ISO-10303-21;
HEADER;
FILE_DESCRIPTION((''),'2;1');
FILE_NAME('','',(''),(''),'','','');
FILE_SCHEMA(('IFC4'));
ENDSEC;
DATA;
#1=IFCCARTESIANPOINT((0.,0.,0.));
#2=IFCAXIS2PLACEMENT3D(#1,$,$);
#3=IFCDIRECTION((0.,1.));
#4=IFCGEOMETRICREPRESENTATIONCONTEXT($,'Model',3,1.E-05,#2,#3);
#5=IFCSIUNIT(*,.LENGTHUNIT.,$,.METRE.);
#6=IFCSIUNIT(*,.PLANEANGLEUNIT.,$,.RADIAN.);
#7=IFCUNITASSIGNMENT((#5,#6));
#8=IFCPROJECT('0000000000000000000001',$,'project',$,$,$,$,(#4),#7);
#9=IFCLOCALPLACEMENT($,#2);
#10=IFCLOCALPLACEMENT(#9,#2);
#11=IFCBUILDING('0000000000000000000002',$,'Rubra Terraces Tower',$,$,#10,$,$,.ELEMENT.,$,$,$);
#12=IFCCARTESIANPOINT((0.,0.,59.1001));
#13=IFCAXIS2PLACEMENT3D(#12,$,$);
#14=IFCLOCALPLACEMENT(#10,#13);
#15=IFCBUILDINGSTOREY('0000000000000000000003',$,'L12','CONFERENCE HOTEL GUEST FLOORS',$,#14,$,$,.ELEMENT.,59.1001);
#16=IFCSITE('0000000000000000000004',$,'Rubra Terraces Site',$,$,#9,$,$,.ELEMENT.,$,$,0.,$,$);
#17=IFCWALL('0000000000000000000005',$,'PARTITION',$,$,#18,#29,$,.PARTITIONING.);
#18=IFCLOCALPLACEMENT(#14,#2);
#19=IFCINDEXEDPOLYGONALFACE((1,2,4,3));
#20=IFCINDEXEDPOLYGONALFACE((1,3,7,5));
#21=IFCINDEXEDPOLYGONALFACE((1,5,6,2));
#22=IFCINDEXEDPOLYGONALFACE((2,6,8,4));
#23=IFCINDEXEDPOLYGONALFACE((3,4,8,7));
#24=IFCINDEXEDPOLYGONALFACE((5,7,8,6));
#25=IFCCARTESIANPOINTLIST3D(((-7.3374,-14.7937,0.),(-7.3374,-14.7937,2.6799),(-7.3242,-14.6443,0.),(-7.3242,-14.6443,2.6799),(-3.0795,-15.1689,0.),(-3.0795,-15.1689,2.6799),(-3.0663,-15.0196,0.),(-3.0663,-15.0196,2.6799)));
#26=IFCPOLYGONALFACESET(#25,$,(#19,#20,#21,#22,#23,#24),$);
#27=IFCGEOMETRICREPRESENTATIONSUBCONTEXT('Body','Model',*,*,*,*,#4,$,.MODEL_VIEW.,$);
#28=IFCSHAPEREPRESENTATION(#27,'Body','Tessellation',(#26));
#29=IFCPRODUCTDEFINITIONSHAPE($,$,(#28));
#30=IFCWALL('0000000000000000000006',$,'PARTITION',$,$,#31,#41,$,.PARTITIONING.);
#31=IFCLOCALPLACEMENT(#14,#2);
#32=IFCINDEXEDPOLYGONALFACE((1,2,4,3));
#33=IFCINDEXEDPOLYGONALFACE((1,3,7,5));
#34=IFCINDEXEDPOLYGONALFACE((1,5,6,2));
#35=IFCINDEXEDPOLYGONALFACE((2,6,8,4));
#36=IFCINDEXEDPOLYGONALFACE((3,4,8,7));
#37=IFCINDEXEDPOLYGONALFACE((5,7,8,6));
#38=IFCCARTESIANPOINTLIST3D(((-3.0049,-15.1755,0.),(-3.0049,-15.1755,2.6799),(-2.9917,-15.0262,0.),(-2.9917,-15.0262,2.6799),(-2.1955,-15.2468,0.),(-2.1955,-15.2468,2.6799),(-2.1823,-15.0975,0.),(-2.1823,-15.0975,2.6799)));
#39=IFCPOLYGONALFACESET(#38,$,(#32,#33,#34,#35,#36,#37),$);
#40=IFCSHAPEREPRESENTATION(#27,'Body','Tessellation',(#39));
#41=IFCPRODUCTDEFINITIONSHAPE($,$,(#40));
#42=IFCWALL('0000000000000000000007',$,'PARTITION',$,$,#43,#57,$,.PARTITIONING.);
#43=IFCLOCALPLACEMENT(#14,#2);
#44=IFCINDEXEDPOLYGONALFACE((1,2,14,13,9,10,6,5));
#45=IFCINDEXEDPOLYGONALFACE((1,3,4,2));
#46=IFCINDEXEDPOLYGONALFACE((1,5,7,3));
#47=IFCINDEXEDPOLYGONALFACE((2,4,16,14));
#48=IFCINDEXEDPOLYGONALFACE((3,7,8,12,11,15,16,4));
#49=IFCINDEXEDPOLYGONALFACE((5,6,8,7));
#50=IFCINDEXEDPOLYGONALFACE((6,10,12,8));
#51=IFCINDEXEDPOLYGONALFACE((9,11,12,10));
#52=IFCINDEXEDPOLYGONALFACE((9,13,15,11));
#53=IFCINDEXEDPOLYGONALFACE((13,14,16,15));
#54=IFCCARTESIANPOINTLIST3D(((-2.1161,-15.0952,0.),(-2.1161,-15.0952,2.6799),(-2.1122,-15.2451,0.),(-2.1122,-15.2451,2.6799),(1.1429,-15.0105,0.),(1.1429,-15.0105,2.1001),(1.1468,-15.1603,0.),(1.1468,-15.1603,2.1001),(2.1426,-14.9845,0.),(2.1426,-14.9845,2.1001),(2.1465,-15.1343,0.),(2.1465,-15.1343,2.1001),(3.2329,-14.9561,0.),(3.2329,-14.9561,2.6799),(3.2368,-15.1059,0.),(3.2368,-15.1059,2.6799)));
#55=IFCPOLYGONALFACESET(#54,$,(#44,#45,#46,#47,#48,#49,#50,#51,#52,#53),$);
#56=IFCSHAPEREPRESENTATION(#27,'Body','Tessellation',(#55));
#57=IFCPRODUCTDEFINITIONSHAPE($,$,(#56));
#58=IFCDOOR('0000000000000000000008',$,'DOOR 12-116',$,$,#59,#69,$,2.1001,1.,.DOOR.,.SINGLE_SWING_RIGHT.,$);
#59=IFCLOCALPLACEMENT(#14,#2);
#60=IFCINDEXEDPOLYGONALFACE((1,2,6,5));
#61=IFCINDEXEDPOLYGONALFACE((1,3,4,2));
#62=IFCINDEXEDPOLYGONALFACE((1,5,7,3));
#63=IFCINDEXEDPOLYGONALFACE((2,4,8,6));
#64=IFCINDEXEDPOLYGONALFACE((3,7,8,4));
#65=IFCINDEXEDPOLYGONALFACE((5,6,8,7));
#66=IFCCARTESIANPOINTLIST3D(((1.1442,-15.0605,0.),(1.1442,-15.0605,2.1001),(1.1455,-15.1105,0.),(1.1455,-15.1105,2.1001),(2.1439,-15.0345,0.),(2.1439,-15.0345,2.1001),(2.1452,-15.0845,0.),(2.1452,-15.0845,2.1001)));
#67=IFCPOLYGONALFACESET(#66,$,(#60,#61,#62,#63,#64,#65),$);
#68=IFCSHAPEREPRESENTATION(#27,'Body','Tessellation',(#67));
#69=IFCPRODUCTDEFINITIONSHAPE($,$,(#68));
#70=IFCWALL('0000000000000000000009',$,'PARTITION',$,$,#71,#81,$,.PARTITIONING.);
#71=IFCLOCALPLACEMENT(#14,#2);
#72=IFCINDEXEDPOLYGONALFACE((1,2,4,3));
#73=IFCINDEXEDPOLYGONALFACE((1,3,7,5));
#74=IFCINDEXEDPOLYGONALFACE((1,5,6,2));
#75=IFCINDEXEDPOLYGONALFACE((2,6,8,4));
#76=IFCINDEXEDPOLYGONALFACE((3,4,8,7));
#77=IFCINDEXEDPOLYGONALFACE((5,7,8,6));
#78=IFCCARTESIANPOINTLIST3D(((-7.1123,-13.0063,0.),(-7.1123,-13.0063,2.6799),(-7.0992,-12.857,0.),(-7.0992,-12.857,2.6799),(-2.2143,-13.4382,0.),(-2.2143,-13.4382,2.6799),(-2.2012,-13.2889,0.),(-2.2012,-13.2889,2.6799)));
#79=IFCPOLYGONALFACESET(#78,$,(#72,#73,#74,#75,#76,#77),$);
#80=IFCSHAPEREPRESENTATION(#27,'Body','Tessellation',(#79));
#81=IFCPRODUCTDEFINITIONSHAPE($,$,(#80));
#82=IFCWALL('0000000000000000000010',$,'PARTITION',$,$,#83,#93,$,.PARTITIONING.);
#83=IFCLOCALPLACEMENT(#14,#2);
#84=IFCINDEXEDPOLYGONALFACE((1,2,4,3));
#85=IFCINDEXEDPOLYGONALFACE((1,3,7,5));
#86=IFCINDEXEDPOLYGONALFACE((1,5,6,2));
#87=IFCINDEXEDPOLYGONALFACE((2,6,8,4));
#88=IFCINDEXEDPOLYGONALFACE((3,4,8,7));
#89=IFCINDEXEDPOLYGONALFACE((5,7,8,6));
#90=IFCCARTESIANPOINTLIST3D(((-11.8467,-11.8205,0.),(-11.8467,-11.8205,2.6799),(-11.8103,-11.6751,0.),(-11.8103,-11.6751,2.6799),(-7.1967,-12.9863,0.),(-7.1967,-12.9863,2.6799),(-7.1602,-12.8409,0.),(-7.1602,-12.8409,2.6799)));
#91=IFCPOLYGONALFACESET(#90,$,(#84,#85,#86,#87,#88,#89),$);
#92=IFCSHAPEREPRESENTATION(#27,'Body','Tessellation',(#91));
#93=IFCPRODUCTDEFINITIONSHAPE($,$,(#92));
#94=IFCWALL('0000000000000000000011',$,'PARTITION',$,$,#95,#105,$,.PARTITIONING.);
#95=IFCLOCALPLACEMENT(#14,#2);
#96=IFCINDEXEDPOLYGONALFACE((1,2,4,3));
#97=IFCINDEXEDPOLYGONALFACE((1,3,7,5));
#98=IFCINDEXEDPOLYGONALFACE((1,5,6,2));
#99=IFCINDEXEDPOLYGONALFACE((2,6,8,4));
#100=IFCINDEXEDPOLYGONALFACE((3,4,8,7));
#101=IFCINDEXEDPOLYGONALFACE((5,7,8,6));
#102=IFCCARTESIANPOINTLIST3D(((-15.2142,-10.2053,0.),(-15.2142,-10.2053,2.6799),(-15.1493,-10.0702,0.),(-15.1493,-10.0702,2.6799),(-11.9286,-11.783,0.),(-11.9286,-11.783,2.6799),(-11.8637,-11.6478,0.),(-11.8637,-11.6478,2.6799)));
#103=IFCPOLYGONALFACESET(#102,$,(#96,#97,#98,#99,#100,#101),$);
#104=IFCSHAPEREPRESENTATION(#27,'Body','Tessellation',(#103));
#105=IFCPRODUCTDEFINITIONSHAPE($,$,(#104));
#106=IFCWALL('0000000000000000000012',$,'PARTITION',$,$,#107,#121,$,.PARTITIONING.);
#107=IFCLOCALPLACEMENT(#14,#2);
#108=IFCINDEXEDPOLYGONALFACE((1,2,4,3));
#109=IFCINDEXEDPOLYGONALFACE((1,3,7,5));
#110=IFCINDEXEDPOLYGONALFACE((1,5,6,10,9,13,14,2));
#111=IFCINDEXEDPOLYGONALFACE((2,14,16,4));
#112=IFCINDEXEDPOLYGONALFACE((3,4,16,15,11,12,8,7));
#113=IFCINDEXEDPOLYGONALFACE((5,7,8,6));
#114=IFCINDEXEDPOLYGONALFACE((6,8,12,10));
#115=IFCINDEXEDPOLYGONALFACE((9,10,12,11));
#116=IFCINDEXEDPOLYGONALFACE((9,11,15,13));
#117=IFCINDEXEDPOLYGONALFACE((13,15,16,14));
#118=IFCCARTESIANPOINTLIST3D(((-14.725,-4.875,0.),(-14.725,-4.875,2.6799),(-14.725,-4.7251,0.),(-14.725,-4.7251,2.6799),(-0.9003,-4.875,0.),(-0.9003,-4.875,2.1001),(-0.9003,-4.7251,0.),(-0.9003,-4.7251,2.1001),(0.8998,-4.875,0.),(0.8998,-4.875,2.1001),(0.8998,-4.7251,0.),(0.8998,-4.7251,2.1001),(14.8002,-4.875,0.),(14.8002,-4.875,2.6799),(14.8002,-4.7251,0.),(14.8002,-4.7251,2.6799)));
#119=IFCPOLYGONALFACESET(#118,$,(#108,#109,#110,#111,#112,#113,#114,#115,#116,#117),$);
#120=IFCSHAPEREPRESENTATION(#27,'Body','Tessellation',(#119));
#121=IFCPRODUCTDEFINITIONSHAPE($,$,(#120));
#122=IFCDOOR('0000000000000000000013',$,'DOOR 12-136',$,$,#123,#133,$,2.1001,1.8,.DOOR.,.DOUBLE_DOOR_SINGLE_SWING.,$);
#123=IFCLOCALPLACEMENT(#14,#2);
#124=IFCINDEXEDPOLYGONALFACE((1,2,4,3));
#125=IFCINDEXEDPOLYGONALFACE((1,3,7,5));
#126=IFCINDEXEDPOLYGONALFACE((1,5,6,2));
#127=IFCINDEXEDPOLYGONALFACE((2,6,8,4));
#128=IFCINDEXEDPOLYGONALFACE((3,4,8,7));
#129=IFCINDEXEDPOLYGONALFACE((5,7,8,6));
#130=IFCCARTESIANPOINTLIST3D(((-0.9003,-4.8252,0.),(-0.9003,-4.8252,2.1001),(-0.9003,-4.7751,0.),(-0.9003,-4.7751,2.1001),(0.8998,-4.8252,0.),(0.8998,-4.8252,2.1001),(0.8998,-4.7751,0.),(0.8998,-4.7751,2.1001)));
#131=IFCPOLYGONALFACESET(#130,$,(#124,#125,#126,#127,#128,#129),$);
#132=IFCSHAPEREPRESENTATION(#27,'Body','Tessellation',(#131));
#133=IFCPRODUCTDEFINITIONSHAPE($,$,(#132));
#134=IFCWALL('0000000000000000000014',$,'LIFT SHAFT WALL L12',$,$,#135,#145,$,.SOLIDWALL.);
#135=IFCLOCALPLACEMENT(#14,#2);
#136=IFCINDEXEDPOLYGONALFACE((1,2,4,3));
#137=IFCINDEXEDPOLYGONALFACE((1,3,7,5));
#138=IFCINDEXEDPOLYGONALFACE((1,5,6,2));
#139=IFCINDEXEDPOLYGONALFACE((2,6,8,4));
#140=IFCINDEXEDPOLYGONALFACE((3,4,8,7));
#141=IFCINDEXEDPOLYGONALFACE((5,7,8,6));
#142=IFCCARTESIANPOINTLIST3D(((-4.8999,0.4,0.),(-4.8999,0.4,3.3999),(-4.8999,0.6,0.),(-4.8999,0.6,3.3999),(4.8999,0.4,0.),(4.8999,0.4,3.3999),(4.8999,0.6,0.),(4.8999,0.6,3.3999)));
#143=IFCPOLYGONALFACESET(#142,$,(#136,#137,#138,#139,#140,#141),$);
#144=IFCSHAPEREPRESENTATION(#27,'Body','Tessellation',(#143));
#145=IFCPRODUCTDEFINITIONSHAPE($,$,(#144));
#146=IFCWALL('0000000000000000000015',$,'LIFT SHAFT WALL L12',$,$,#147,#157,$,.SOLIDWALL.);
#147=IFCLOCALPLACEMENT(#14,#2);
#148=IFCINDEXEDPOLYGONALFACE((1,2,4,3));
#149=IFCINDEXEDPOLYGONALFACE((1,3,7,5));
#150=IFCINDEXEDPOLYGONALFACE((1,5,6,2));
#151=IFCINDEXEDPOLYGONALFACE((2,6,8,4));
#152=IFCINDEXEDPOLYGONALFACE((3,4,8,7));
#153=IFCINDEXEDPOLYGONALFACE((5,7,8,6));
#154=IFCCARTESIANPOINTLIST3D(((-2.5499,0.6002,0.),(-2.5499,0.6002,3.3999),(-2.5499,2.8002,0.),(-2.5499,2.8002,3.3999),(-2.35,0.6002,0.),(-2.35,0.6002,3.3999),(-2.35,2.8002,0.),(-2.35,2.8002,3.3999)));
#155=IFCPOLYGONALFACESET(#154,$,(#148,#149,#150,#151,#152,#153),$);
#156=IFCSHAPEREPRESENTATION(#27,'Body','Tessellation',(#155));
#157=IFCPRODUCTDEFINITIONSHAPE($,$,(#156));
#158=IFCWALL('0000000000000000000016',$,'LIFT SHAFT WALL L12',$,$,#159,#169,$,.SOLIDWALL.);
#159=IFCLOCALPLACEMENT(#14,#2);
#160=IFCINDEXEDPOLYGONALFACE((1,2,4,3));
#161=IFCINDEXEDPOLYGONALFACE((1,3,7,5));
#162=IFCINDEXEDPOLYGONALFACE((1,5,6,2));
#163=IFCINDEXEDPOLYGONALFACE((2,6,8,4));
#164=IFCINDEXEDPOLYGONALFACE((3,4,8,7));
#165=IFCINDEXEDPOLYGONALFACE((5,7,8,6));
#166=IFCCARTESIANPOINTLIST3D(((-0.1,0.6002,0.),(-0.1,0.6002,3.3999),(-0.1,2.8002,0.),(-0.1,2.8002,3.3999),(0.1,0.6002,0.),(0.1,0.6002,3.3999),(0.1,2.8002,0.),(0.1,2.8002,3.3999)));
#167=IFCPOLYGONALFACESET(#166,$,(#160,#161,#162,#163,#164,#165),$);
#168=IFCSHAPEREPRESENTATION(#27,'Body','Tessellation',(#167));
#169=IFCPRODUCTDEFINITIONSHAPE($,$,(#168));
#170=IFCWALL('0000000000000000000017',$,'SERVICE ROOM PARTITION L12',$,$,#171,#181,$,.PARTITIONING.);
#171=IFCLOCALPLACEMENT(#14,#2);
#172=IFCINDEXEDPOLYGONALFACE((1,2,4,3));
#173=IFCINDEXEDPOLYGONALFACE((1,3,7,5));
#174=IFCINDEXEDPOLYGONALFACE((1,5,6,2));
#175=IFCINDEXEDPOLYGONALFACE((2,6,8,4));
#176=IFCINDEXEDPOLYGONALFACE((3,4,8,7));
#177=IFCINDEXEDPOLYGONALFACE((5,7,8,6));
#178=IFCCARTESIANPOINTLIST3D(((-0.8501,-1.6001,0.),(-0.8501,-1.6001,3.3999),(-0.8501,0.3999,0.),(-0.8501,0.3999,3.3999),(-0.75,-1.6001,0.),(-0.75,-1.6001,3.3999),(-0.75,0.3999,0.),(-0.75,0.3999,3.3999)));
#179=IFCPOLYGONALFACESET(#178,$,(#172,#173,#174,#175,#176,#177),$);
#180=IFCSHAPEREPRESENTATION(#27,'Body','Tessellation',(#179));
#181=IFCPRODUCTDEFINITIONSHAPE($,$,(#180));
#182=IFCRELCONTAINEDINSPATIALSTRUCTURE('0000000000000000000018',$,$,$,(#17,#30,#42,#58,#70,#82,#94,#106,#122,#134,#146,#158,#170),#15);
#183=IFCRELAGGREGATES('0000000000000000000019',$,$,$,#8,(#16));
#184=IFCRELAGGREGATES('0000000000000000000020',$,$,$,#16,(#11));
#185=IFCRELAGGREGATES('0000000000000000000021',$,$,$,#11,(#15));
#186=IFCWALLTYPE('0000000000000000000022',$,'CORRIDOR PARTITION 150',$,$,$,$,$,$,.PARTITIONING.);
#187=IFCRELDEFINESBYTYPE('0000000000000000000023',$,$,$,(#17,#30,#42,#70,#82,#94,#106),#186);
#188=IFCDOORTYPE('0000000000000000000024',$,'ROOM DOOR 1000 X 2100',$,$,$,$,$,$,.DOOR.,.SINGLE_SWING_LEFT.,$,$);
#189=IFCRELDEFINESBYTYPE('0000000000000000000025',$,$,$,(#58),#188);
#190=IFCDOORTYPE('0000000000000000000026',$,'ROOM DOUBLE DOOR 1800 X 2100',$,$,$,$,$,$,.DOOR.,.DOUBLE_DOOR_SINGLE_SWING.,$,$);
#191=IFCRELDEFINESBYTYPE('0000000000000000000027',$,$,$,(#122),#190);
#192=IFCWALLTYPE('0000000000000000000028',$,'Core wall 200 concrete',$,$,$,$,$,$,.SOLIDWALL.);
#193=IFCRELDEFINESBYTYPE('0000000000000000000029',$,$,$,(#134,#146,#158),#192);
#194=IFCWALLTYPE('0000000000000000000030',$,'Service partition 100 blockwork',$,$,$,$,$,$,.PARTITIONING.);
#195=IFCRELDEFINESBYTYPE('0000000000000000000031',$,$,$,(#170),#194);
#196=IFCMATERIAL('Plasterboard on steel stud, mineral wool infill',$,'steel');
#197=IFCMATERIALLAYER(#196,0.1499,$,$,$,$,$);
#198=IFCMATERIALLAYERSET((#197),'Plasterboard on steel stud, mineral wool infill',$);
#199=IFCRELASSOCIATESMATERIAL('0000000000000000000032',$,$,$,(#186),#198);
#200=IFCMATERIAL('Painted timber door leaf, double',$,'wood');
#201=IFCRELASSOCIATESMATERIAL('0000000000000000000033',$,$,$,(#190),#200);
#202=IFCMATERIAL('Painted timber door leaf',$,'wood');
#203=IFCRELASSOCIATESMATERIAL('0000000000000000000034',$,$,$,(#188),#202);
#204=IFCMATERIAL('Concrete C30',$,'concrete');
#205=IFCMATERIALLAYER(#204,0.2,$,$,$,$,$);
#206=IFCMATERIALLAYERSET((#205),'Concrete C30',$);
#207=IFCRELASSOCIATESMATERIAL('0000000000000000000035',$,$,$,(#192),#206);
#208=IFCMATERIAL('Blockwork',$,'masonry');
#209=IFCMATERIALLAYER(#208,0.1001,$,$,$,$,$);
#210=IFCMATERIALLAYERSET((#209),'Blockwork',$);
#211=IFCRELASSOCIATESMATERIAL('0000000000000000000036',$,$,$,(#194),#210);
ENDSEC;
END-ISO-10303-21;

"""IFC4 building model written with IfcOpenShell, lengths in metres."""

from ifc_helpers import new_model, si_unit, direction, frame, frame_2d, origin, place, context, subcontext, project, spatial, rectangle, extrude, material, layer, layer_set, type_object, element, fill, save


model = new_model("IFC4")

# Units and contexts
model_context = context("Model", 3, precision=1e-05, world=origin(), true_north=direction((0.0, 1.0)))
body_context = subcontext(model_context, "Body", "Model", "MODEL_VIEW")
ifc_project = project(units=[si_unit("LENGTHUNIT", "METRE"), si_unit("PLANEANGLEUNIT", "RADIAN")], contexts=[model_context])

# Site, building, storey
site_placement = place(None, origin())
site = spatial("IfcSite", under=ifc_project, at=site_placement, Name="Rubra Terraces Site", CompositionType="ELEMENT", RefElevation=0.0)
building_placement = place(site_placement, origin())
building = spatial("IfcBuilding", under=site, at=building_placement, Name="Rubra Terraces Tower", CompositionType="ELEMENT")
storey_placement = place(building_placement, frame((0.0, 0.0, 59.1001)))
storey = spatial("IfcBuildingStorey", under=building, at=storey_placement, Name="L12", Description="CONFERENCE HOTEL GUEST FLOORS", CompositionType="ELEMENT", Elevation=59.1001)

# Shared definitions
ifc_material_1 = material(Name="Plasterboard on steel stud, mineral wool infill", Category="steel")
ifc_layer_1 = layer(ifc_material_1, 0.1499)
ifc_layer_set_1 = layer_set([ifc_layer_1], Name="Plasterboard on steel stud, mineral wool infill")
wall_type_1 = type_object("IfcWallType", Name="CORRIDOR PARTITION 150", PredefinedType="PARTITIONING", material=ifc_layer_set_1)
ifc_material_2 = material(Name="Painted timber door leaf, double", Category="wood")
door_type_1 = type_object("IfcDoorType", Name="ROOM DOUBLE DOOR 1800 X 2100", OperationType="DOUBLE_DOOR_SINGLE_SWING", PredefinedType="DOOR", material=ifc_material_2)

# Walls
wall_1_placement = place(storey_placement, frame((-7.3308, -14.719, 0.0), z_axis=(0.0, 0.0, 1.0), x_axis=(0.996139, -0.08779, 0.0)))
element("IfcWall", 1, at=wall_1_placement, inside=storey, type_object=wall_type_1, Name="PARTITION", PredefinedType="PARTITIONING", context=body_context, shape_type="SweptSolid", body=[
    extrude(rectangle(XDim=4.2744, YDim=0.1499, at=frame_2d((2.1372, 0.0))), origin(), (0.0, 0.0, 1.0), 2.6799),
])
wall_2_placement = place(storey_placement, frame((-2.9983, -15.1008, 0.0), z_axis=(0.0, 0.0, 1.0), x_axis=(0.996143, -0.087745, 0.0)))
element("IfcWall", 2, at=wall_2_placement, inside=storey, type_object=wall_type_1, Name="PARTITION", PredefinedType="PARTITIONING", context=body_context, shape_type="SweptSolid", body=[
    extrude(rectangle(XDim=0.8125, YDim=0.1499, at=frame_2d((0.4062, 0.0))), origin(), (0.0, 0.0, 1.0), 2.6799),
])

# Wall, opening, door
wall_3_placement = place(storey_placement, frame((-2.114, -15.1702, 0.0), z_axis=(0.0, 0.0, 1.0), x_axis=(0.999662, 0.026007, 0.0)))
wall_3 = element("IfcWall", 3, at=wall_3_placement, inside=storey, type_object=wall_type_1, Name="PARTITION", PredefinedType="PARTITIONING", context=body_context, shape_type="SweptSolid", body=[
    extrude(rectangle(XDim=5.3508, YDim=0.1499, at=frame_2d((2.6753, 0.0))), origin(), (0.0, 0.0, 1.0), 2.6799),
])
opening_1_placement = place(wall_3_placement, frame((3.26, 0.0, 0.0)))
opening_1 = element("IfcOpeningElement", 4, at=opening_1_placement, cuts=wall_3, PredefinedType="OPENING", context=body_context, shape_type="SweptSolid", body=[
    extrude(rectangle(XDim=1.0, YDim=2.1001, at=frame_2d((0.5, 1.05))), frame((0.0, 0.085, 0.0), z_axis=(0.0, -1.0, 0.0), x_axis=(1.0, 0.0, 0.0)), (0.0, 0.0, 1.0), 0.1699),
])
ifc_material_3 = material(Name="Painted timber door leaf", Category="wood")
door_type_2 = type_object("IfcDoorType", Name="ROOM DOOR 1000 X 2100", OperationType="SINGLE_SWING_LEFT", PredefinedType="DOOR", material=ifc_material_3)
door_1_placement = place(opening_1_placement, origin())
door_1 = element("IfcDoor", 5, at=door_1_placement, inside=storey, type_object=door_type_2, Name="DOOR 12-116", OperationType="SINGLE_SWING_RIGHT", OverallHeight=2.1001, OverallWidth=1.0, PredefinedType="DOOR", context=body_context, shape_type="SweptSolid", body=[
    extrude(rectangle(XDim=1.0, YDim=2.1001, at=frame_2d((0.5, 1.05))), frame((0.0, 0.0249, 0.0), z_axis=(0.0, -1.0, 0.0), x_axis=(1.0, 0.0, 0.0)), (0.0, 0.0, 1.0), 0.05),
])
fill(opening_1, door_1)

# Walls
wall_4_placement = place(storey_placement, frame((-2.2078, -13.3635, 0.0), z_axis=(0.0, 0.0, 1.0), x_axis=(-0.996135, 0.087836, 0.0)))
element("IfcWall", 6, at=wall_4_placement, inside=storey, type_object=wall_type_1, Name="PARTITION", PredefinedType="PARTITIONING", context=body_context, shape_type="SweptSolid", body=[
    extrude(rectangle(XDim=4.917, YDim=0.1499, at=frame_2d((2.4585, 0.0))), origin(), (0.0, 0.0, 1.0), 2.6799),
])
wall_5_placement = place(storey_placement, frame((-7.1785, -12.9136, 0.0), z_axis=(0.0, 0.0, 1.0), x_axis=(-0.969984, 0.243171, 0.0)))
element("IfcWall", 7, at=wall_5_placement, inside=storey, type_object=wall_type_1, Name="PARTITION", PredefinedType="PARTITIONING", context=body_context, shape_type="SweptSolid", body=[
    extrude(rectangle(XDim=4.7939, YDim=0.1499, at=frame_2d((2.397, 0.0))), origin(), (0.0, 0.0, 1.0), 2.6799),
])
wall_6_placement = place(storey_placement, frame((-11.8962, -11.7153, 0.0), z_axis=(0.0, 0.0, 1.0), x_axis=(-0.901467, 0.432849, 0.0)))
element("IfcWall", 8, at=wall_6_placement, inside=storey, type_object=wall_type_1, Name="PARTITION", PredefinedType="PARTITIONING", context=body_context, shape_type="SweptSolid", body=[
    extrude(rectangle(XDim=3.6448, YDim=0.1499, at=frame_2d((1.8223, 0.0))), origin(), (0.0, 0.0, 1.0), 2.6799),
])

# Wall, opening, door
wall_7_placement = place(storey_placement, frame((-14.7251, -4.8, 0.0), z_axis=(0.0, 0.0, 1.0), x_axis=(1.0, 0.0, 0.0)))
wall_7 = element("IfcWall", 9, at=wall_7_placement, inside=storey, type_object=wall_type_1, Name="PARTITION", PredefinedType="PARTITIONING", context=body_context, shape_type="SweptSolid", body=[
    extrude(rectangle(XDim=29.5251, YDim=0.1499, at=frame_2d((14.7627, 0.0))), origin(), (0.0, 0.0, 1.0), 2.6799),
])
opening_2_placement = place(wall_7_placement, frame((13.825, 0.0, 0.0)))
opening_2 = element("IfcOpeningElement", 10, at=opening_2_placement, cuts=wall_7, PredefinedType="OPENING", context=body_context, shape_type="SweptSolid", body=[
    extrude(rectangle(XDim=1.8, YDim=2.1001, at=frame_2d((0.8999, 1.05))), frame((0.0, 0.085, 0.0), z_axis=(0.0, -1.0, 0.0), x_axis=(1.0, 0.0, 0.0)), (0.0, 0.0, 1.0), 0.1699),
])
door_2_placement = place(opening_2_placement, origin())
door_2 = element("IfcDoor", 11, at=door_2_placement, inside=storey, type_object=door_type_1, Name="DOOR 12-136", OperationType="DOUBLE_DOOR_SINGLE_SWING", OverallHeight=2.1001, OverallWidth=1.8, PredefinedType="DOOR", context=body_context, shape_type="SweptSolid", body=[
    extrude(rectangle(XDim=1.8, YDim=2.1001, at=frame_2d((0.8999, 1.05))), frame((0.0, 0.0249, 0.0), z_axis=(0.0, -1.0, 0.0), x_axis=(1.0, 0.0, 0.0)), (0.0, 0.0, 1.0), 0.05),
])
fill(opening_2, door_2)

# Walls
ifc_material_4 = material(Name="Concrete C30", Category="concrete")
ifc_layer_2 = layer(ifc_material_4, 0.2)
ifc_layer_set_2 = layer_set([ifc_layer_2], Name="Concrete C30")
wall_type_2 = type_object("IfcWallType", Name="Core wall 200 concrete", PredefinedType="SOLIDWALL", material=ifc_layer_set_2)
wall_8_placement = place(storey_placement, frame((-4.8999, 0.5, 0.0), z_axis=(0.0, 0.0, 1.0), x_axis=(1.0, 0.0, 0.0)))
element("IfcWall", 12, at=wall_8_placement, inside=storey, type_object=wall_type_2, Name="LIFT SHAFT WALL L12", PredefinedType="SOLIDWALL", context=body_context, shape_type="SweptSolid", body=[
    extrude(rectangle(XDim=9.7998, YDim=0.2, at=frame_2d((4.8999, 0.0))), origin(), (0.0, 0.0, 1.0), 3.3999),
])
for number, where, z_axis, x_axis, name in (
    (13, (-2.45, 0.6001, 0.0), (0.0, 0.0, 1.0), (0.0, 1.0, 0.0), "LIFT SHAFT WALL L12"),
    (14, (0.0, 0.6001, 0.0), (0.0, 0.0, 1.0), (0.0, 1.0, 0.0), "LIFT SHAFT WALL L12"),
):
    element("IfcWall", number, at=place(storey_placement, frame(where, z_axis=z_axis, x_axis=x_axis)), inside=storey, type_object=wall_type_2, Name=name, PredefinedType="SOLIDWALL", context=body_context, shape_type="SweptSolid", body=[
        extrude(rectangle(XDim=2.2, YDim=0.2, at=frame_2d((1.1001, 0.0))), origin(), (0.0, 0.0, 1.0), 3.3999),
    ])
ifc_material_5 = material(Name="Blockwork", Category="masonry")
ifc_layer_3 = layer(ifc_material_5, 0.1001)
ifc_layer_set_3 = layer_set([ifc_layer_3], Name="Blockwork")
wall_type_3 = type_object("IfcWallType", Name="Service partition 100 blockwork", PredefinedType="PARTITIONING", material=ifc_layer_set_3)
wall_9_placement = place(storey_placement, frame((-0.8, -1.6001, 0.0), z_axis=(0.0, 0.0, 1.0), x_axis=(0.0, 1.0, 0.0)))
element("IfcWall", 15, at=wall_9_placement, inside=storey, type_object=wall_type_3, Name="SERVICE ROOM PARTITION L12", PredefinedType="PARTITIONING", context=body_context, shape_type="SweptSolid", body=[
    extrude(rectangle(XDim=2.0, YDim=0.1001, at=frame_2d((1.0, 0.0))), origin(), (0.0, 0.0, 1.0), 3.3999),
])

save(model, "model.ifc")
